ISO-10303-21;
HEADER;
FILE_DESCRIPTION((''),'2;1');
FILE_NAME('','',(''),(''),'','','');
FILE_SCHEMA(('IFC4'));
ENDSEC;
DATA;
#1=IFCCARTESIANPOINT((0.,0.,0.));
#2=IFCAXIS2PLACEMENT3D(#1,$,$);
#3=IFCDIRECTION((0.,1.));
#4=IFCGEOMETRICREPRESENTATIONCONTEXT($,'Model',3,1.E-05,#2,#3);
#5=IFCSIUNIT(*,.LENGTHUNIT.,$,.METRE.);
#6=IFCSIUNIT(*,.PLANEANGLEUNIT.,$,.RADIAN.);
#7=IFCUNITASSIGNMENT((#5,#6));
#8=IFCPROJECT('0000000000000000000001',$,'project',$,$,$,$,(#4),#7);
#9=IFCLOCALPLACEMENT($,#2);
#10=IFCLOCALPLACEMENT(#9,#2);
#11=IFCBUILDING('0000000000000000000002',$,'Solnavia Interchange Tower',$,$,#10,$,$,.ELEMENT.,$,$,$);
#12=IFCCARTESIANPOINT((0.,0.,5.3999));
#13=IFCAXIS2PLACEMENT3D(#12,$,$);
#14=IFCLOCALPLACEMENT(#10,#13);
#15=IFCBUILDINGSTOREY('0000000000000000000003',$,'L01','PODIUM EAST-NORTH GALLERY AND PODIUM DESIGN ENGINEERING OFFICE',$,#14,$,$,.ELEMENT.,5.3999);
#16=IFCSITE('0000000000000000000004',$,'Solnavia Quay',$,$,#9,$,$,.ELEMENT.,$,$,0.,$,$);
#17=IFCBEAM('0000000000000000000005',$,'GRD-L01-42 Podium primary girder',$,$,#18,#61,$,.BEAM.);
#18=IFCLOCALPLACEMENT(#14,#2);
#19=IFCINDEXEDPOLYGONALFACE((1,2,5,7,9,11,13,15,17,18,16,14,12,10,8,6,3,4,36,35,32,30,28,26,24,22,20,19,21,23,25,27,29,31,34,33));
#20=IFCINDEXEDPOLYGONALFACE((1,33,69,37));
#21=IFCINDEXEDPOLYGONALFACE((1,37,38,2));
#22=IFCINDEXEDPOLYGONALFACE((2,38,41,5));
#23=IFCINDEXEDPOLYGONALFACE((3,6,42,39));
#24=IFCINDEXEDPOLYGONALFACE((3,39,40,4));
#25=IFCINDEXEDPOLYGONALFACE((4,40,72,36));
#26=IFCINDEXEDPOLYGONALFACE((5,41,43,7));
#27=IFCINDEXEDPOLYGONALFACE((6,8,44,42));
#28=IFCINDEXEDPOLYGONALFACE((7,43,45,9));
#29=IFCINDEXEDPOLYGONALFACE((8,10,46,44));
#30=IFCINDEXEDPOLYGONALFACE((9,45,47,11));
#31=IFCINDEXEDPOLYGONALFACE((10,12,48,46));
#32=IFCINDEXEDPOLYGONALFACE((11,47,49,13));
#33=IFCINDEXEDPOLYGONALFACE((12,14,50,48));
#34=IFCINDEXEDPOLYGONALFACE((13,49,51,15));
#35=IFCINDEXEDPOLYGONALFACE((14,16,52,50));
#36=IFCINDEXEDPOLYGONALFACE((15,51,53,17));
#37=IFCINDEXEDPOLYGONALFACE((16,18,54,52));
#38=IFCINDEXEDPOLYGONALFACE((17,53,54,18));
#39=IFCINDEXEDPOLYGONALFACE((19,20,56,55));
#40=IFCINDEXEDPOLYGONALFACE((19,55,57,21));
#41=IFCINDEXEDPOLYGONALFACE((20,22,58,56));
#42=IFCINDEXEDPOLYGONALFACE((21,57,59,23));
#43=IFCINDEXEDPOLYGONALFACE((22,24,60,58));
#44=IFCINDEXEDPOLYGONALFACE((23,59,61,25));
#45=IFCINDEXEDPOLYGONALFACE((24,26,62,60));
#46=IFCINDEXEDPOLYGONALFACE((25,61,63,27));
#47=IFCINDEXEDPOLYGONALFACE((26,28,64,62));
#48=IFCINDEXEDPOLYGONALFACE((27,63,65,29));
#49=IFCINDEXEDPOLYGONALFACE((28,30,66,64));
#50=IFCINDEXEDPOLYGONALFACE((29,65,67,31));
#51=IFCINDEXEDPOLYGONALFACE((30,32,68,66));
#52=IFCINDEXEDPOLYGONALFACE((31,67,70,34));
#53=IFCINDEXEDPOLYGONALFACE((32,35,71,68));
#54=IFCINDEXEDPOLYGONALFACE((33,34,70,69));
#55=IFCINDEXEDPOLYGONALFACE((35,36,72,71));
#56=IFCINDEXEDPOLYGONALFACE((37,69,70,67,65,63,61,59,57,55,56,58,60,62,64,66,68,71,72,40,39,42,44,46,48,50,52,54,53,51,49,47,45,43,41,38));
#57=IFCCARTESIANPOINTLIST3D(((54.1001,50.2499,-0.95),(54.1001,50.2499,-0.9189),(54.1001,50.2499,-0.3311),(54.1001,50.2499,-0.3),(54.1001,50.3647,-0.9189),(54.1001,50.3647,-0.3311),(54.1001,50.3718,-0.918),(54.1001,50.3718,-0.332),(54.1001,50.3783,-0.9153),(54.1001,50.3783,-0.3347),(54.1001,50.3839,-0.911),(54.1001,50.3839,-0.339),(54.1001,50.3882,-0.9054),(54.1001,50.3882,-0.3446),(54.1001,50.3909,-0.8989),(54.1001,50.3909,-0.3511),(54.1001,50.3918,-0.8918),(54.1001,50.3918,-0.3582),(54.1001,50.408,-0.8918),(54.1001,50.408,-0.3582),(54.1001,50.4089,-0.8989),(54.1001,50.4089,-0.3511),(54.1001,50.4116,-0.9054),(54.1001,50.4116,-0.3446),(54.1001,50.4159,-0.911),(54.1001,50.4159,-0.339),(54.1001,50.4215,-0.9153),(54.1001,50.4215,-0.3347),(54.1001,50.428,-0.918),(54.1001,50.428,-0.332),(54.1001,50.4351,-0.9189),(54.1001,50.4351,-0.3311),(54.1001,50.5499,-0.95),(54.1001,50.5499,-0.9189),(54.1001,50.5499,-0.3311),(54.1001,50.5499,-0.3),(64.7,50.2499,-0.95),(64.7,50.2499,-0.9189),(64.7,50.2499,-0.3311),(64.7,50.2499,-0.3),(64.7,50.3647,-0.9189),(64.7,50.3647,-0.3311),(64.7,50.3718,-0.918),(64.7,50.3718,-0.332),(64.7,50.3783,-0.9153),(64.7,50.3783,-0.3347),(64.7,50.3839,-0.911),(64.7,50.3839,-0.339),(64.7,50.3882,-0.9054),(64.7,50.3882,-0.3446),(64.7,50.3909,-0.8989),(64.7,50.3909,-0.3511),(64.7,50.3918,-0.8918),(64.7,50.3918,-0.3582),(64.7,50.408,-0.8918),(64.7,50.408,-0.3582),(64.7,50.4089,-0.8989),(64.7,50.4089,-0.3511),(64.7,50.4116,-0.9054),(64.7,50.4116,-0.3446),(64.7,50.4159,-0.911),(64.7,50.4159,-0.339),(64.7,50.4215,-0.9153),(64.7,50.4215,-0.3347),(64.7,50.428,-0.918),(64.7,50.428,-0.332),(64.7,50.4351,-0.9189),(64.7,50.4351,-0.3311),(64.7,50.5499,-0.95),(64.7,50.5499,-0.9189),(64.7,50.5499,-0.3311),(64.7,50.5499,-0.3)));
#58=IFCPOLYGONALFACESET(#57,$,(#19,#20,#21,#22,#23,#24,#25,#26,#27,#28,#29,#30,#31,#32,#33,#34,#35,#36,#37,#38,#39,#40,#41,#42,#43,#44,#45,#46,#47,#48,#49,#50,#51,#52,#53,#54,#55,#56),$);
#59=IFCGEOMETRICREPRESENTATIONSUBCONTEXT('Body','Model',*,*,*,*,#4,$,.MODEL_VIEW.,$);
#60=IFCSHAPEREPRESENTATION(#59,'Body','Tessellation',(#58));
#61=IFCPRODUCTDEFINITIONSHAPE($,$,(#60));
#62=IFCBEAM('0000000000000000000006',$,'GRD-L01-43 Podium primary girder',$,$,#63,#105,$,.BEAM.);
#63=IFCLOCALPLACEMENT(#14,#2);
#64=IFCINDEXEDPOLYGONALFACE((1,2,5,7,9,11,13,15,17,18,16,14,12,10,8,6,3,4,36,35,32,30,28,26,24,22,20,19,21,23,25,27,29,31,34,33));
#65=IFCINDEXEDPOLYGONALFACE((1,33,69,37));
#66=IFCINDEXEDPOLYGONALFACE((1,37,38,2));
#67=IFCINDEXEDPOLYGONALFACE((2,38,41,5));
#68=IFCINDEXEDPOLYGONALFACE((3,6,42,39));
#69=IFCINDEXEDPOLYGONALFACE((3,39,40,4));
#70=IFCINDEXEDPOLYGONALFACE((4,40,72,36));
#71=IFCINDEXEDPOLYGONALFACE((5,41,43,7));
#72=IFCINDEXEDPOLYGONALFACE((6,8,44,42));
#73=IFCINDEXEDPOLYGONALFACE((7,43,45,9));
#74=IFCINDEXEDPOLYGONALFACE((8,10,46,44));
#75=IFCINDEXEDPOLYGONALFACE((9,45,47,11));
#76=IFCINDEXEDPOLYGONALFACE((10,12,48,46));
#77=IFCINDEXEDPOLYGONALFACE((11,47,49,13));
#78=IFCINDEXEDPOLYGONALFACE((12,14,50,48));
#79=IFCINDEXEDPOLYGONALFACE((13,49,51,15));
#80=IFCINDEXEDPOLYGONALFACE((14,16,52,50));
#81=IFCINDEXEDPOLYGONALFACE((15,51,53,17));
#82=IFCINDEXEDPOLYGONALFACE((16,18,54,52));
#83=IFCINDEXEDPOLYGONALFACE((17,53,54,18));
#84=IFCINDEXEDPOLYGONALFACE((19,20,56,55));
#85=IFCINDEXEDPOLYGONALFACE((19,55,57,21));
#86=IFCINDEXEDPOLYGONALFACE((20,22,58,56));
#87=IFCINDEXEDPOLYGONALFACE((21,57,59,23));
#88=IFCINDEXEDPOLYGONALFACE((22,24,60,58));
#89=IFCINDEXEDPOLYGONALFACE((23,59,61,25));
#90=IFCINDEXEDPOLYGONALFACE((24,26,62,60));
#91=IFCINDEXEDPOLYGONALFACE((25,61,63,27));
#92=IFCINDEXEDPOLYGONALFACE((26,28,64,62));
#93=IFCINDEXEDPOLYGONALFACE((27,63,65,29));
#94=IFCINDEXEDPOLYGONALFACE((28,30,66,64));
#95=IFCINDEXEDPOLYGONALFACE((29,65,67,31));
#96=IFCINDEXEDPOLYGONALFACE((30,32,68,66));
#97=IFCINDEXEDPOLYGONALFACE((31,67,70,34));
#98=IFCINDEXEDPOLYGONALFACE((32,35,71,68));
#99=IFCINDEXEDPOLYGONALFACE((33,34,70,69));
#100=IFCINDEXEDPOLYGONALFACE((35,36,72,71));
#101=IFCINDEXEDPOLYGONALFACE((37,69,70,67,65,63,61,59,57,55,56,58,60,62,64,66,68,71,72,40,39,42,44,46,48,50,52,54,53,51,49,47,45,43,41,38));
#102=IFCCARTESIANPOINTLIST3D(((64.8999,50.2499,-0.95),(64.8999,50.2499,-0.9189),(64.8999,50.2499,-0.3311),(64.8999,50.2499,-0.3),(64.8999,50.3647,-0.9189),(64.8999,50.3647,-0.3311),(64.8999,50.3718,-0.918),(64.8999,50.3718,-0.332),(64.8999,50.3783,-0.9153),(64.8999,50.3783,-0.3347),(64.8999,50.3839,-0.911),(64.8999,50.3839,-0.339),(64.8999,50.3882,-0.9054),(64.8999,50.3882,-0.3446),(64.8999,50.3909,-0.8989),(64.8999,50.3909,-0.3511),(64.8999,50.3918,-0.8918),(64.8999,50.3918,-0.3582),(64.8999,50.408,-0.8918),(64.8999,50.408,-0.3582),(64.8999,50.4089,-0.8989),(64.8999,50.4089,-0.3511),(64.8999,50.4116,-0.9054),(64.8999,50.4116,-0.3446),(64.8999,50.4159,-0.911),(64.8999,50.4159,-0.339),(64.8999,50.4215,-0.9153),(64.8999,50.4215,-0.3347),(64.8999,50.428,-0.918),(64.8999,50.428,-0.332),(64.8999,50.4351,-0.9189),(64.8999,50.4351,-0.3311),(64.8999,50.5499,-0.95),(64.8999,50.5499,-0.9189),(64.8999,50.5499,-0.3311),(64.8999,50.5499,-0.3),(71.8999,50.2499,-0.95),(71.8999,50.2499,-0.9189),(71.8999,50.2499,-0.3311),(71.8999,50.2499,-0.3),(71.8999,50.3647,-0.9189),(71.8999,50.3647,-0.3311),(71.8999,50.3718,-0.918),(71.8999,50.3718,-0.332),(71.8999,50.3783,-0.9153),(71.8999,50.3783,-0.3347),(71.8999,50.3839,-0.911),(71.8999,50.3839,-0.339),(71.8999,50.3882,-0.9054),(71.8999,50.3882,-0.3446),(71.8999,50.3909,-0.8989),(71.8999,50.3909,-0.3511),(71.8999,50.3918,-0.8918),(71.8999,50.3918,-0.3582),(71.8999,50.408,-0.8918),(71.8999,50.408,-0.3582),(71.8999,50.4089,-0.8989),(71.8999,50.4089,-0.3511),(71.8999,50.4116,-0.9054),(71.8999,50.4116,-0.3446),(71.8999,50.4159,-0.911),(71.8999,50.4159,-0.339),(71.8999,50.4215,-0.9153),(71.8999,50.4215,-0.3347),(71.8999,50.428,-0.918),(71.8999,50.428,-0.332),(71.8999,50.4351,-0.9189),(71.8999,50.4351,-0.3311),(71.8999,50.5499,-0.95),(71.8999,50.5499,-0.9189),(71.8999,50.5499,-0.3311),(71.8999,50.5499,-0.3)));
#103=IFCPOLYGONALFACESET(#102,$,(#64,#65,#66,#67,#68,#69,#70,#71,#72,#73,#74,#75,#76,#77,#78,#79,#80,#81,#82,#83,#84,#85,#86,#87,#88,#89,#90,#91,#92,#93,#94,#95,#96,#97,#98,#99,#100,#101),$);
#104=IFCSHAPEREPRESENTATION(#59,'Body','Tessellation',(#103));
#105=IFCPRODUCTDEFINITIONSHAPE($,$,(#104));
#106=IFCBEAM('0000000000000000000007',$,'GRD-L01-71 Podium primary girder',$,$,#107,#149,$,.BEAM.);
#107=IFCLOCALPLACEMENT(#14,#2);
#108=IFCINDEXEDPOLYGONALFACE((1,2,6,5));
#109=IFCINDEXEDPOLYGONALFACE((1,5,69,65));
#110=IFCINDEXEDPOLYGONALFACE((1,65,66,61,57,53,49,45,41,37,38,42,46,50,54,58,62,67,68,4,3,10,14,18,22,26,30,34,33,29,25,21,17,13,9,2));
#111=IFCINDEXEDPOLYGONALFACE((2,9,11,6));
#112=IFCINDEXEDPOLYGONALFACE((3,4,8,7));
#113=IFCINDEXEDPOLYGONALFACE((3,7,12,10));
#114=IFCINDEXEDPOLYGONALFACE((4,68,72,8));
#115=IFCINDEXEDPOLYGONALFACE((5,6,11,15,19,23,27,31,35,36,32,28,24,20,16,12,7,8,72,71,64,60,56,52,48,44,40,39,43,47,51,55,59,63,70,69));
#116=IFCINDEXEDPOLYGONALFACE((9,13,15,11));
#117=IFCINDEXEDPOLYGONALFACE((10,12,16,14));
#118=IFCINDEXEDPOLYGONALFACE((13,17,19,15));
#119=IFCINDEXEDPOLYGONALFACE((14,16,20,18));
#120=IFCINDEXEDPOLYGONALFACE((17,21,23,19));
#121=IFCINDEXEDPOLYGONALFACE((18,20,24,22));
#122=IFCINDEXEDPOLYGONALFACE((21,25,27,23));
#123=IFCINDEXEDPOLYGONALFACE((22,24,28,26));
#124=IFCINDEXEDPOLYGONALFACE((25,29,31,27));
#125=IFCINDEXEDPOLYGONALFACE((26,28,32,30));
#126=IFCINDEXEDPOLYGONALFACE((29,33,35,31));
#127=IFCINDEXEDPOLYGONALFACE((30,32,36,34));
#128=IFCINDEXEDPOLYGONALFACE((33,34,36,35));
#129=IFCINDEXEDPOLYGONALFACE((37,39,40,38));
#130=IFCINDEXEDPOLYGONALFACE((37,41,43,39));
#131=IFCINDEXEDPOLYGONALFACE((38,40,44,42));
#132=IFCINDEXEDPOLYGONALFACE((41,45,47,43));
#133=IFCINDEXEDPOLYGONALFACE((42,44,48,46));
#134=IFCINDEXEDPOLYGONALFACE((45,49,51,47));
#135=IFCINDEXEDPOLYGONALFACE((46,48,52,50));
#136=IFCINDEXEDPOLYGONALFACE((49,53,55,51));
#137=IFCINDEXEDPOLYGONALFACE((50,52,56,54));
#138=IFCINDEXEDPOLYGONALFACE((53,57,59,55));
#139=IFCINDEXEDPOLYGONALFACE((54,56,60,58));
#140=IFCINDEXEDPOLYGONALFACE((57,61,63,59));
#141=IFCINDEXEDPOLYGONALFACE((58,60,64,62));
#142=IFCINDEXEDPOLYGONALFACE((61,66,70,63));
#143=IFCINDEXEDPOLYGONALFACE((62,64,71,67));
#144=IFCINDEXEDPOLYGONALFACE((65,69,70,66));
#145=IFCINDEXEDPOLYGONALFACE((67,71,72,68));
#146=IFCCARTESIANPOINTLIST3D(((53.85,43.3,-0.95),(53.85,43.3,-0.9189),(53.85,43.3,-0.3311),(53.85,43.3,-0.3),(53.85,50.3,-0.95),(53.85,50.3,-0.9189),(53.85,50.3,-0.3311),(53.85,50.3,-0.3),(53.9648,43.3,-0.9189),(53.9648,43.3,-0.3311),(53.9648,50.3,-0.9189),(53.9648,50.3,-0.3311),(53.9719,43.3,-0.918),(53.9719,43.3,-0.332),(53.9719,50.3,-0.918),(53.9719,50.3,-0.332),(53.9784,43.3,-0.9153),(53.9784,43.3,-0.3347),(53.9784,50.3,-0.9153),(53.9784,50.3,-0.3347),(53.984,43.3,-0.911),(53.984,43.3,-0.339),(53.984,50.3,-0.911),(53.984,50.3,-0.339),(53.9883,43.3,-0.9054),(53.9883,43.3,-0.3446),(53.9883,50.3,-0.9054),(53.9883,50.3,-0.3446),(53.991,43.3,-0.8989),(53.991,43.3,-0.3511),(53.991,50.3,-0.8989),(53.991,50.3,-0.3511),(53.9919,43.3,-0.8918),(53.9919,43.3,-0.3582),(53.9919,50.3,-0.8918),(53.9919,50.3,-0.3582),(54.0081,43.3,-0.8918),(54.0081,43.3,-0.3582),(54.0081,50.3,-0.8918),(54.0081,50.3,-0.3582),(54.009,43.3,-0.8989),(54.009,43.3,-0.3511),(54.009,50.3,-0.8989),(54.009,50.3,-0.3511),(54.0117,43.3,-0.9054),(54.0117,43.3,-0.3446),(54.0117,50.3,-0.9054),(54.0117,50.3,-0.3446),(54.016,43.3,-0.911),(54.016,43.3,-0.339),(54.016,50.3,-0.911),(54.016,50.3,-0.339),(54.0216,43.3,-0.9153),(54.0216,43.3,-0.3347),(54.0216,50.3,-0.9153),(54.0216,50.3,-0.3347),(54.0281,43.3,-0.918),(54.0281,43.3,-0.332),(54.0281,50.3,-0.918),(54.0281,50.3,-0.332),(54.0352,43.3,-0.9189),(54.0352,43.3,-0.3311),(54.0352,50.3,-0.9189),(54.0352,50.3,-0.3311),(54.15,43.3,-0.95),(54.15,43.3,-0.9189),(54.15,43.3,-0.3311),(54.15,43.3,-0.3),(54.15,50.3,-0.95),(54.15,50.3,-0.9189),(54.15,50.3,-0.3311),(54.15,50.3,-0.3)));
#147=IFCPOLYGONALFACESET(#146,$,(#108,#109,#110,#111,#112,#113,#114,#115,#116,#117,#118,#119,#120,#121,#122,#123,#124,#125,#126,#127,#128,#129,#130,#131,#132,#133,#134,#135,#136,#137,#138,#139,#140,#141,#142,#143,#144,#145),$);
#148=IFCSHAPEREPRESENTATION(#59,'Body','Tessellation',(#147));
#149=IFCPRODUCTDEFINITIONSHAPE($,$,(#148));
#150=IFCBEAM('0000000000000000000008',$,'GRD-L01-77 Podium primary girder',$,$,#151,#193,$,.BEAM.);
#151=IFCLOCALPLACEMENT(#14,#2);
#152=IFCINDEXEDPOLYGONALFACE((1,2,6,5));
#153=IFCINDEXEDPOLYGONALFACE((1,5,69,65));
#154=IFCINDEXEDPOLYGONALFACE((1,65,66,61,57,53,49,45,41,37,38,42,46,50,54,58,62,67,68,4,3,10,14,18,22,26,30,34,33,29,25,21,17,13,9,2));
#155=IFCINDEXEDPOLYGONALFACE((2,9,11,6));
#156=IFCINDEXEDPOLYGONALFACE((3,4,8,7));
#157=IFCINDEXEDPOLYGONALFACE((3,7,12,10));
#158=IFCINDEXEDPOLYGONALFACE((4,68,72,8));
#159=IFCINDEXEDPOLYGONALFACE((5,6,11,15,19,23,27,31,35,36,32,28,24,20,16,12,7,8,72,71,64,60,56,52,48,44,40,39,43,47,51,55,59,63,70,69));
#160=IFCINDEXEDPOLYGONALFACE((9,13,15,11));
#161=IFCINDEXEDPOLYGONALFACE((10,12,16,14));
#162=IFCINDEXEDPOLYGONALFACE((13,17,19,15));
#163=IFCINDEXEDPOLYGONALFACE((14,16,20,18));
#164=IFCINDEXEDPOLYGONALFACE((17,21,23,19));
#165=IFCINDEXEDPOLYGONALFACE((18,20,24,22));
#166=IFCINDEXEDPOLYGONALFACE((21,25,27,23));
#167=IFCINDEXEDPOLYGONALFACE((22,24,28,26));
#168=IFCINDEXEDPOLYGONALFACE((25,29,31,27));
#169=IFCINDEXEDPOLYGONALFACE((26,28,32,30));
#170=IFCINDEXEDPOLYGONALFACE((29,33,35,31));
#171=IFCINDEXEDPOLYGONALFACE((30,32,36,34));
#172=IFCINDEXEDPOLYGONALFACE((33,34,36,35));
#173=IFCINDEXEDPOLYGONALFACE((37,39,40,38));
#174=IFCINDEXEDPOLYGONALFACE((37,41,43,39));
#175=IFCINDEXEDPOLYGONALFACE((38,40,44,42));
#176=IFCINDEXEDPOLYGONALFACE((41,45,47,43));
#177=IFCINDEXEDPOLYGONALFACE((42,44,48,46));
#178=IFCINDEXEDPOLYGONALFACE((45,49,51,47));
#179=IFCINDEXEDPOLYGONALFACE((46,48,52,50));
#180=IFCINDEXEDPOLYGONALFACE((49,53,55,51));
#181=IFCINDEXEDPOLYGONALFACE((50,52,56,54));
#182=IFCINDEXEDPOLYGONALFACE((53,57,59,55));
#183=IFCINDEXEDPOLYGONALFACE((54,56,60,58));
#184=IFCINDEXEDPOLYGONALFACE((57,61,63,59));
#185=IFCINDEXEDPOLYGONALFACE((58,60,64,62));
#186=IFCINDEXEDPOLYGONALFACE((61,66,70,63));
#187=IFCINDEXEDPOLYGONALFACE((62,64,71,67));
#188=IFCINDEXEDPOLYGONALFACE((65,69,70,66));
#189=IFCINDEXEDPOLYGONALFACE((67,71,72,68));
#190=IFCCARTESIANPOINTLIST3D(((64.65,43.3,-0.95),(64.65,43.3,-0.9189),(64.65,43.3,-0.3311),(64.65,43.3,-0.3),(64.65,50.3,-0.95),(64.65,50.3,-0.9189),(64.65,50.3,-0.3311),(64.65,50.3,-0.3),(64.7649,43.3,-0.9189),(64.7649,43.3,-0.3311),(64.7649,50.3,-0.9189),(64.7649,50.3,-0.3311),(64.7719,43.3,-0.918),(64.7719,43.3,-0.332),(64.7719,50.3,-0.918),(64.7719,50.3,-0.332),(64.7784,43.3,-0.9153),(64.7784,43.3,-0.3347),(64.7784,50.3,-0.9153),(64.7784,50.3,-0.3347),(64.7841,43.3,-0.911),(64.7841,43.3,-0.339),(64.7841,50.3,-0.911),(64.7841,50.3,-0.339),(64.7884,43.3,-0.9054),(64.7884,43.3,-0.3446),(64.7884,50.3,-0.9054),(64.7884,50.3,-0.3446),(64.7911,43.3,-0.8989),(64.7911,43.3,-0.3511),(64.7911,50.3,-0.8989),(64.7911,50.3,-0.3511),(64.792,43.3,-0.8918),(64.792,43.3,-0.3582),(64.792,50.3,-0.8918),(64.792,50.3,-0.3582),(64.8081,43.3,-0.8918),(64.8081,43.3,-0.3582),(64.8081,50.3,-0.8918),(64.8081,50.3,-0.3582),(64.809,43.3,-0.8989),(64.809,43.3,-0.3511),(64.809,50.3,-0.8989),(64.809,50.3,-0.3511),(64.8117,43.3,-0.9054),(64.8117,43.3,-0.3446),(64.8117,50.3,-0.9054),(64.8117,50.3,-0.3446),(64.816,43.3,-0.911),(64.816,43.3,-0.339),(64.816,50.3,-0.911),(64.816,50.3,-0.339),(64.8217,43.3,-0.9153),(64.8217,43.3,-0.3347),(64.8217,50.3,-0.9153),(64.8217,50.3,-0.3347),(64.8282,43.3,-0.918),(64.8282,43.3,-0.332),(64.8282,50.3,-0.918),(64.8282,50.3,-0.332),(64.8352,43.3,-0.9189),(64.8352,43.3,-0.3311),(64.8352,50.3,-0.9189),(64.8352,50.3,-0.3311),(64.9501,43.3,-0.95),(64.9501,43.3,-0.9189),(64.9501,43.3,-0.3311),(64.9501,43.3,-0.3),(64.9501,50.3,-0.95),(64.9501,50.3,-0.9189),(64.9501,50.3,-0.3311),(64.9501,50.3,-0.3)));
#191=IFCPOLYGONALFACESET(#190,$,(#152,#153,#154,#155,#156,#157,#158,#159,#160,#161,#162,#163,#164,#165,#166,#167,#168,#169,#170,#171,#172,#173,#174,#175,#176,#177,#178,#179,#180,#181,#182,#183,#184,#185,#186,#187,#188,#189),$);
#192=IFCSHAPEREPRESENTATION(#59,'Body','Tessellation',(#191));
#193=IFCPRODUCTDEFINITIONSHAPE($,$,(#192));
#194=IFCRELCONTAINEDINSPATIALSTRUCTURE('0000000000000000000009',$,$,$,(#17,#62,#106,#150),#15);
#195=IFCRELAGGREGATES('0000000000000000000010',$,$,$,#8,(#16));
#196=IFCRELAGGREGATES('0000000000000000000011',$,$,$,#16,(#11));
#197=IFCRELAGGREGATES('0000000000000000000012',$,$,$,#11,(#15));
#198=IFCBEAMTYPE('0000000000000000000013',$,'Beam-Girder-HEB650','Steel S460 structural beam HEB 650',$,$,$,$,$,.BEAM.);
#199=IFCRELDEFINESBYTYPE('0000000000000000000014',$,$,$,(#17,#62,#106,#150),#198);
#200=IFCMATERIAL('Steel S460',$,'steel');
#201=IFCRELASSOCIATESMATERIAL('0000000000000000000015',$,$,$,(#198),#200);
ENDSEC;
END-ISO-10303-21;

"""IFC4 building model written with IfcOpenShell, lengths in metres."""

from ifc_helpers import new_model, si_unit, direction, frame, origin, origin_2d, place, context, subcontext, project, spatial, i_section, extrude, material, material_profile, profile_set, type_object, element, save


model = new_model("IFC4")

# Units and contexts
model_context = context("Model", 3, precision=1e-05, world=origin(), true_north=direction((0.0, 1.0)))
body_context = subcontext(model_context, "Body", "Model", "MODEL_VIEW")
ifc_project = project(units=[si_unit("LENGTHUNIT", "METRE"), si_unit("PLANEANGLEUNIT", "RADIAN")], contexts=[model_context])

# Site, building, storey
site_placement = place(None, origin())
site = spatial("IfcSite", under=ifc_project, at=site_placement, Name="Solnavia Quay", CompositionType="ELEMENT", RefElevation=0.0)
building_placement = place(site_placement, origin())
building = spatial("IfcBuilding", under=site, at=building_placement, Name="Solnavia Interchange Tower", CompositionType="ELEMENT")
storey_placement = place(building_placement, frame((0.0, 0.0, 5.3999)))
storey = spatial("IfcBuildingStorey", under=building, at=storey_placement, Name="L01", Description="PODIUM EAST-NORTH GALLERY AND PODIUM DESIGN ENGINEERING OFFICE", CompositionType="ELEMENT", Elevation=5.3999)

# Beams
ifc_material_1 = material(Name="Steel S460", Category="steel")
ifc_material_profile_1 = material_profile(ifc_material_1, i_section(OverallWidth=0.3, OverallDepth=0.6499, WebThickness=0.0161, FlangeThickness=0.031, FilletRadius=0.0271, at=origin_2d()), Name="HEB 650")
ifc_profile_set_1 = profile_set([ifc_material_profile_1], Name="Steel S460")
beam_type_1 = type_object("IfcBeamType", Name="Beam-Girder-HEB650", Description="Steel S460 structural beam HEB 650", PredefinedType="BEAM", material=ifc_profile_set_1)
beam_1_placement = place(storey_placement, frame((54.1001, 50.3999, -0.625), z_axis=(1.0, 0.0, 0.0), x_axis=(0.0, 1.0, 0.0)))
element("IfcBeam", 1, at=beam_1_placement, inside=storey, type_object=beam_type_1, Name="GRD-L01-42 Podium primary girder", PredefinedType="BEAM", context=body_context, shape_type="SweptSolid", body=[
    extrude(i_section(OverallWidth=0.3, OverallDepth=0.6499, WebThickness=0.0161, FlangeThickness=0.031, FilletRadius=0.0271, at=origin_2d()), origin(), (0.0, 0.0, 1.0), 10.5999),
])
for number, where, z_axis, x_axis, name in (
    (2, (64.8999, 50.3999, -0.625), (1.0, 0.0, 0.0), (0.0, 1.0, 0.0), "GRD-L01-43 Podium primary girder"),
    (3, (54.0, 43.3, -0.625), (0.0, 1.0, 0.0), (-1.0, 0.0, 0.0), "GRD-L01-71 Podium primary girder"),
    (4, (64.8, 43.3, -0.625), (0.0, 1.0, 0.0), (-1.0, 0.0, 0.0), "GRD-L01-77 Podium primary girder"),
):
    element("IfcBeam", number, at=place(storey_placement, frame(where, z_axis=z_axis, x_axis=x_axis)), inside=storey, type_object=beam_type_1, Name=name, PredefinedType="BEAM", context=body_context, shape_type="SweptSolid", body=[
        extrude(i_section(OverallWidth=0.3, OverallDepth=0.6499, WebThickness=0.0161, FlangeThickness=0.031, FilletRadius=0.0271, at=origin_2d()), origin(), (0.0, 0.0, 1.0), 7.0),
    ])

save(model, "model.ifc")
